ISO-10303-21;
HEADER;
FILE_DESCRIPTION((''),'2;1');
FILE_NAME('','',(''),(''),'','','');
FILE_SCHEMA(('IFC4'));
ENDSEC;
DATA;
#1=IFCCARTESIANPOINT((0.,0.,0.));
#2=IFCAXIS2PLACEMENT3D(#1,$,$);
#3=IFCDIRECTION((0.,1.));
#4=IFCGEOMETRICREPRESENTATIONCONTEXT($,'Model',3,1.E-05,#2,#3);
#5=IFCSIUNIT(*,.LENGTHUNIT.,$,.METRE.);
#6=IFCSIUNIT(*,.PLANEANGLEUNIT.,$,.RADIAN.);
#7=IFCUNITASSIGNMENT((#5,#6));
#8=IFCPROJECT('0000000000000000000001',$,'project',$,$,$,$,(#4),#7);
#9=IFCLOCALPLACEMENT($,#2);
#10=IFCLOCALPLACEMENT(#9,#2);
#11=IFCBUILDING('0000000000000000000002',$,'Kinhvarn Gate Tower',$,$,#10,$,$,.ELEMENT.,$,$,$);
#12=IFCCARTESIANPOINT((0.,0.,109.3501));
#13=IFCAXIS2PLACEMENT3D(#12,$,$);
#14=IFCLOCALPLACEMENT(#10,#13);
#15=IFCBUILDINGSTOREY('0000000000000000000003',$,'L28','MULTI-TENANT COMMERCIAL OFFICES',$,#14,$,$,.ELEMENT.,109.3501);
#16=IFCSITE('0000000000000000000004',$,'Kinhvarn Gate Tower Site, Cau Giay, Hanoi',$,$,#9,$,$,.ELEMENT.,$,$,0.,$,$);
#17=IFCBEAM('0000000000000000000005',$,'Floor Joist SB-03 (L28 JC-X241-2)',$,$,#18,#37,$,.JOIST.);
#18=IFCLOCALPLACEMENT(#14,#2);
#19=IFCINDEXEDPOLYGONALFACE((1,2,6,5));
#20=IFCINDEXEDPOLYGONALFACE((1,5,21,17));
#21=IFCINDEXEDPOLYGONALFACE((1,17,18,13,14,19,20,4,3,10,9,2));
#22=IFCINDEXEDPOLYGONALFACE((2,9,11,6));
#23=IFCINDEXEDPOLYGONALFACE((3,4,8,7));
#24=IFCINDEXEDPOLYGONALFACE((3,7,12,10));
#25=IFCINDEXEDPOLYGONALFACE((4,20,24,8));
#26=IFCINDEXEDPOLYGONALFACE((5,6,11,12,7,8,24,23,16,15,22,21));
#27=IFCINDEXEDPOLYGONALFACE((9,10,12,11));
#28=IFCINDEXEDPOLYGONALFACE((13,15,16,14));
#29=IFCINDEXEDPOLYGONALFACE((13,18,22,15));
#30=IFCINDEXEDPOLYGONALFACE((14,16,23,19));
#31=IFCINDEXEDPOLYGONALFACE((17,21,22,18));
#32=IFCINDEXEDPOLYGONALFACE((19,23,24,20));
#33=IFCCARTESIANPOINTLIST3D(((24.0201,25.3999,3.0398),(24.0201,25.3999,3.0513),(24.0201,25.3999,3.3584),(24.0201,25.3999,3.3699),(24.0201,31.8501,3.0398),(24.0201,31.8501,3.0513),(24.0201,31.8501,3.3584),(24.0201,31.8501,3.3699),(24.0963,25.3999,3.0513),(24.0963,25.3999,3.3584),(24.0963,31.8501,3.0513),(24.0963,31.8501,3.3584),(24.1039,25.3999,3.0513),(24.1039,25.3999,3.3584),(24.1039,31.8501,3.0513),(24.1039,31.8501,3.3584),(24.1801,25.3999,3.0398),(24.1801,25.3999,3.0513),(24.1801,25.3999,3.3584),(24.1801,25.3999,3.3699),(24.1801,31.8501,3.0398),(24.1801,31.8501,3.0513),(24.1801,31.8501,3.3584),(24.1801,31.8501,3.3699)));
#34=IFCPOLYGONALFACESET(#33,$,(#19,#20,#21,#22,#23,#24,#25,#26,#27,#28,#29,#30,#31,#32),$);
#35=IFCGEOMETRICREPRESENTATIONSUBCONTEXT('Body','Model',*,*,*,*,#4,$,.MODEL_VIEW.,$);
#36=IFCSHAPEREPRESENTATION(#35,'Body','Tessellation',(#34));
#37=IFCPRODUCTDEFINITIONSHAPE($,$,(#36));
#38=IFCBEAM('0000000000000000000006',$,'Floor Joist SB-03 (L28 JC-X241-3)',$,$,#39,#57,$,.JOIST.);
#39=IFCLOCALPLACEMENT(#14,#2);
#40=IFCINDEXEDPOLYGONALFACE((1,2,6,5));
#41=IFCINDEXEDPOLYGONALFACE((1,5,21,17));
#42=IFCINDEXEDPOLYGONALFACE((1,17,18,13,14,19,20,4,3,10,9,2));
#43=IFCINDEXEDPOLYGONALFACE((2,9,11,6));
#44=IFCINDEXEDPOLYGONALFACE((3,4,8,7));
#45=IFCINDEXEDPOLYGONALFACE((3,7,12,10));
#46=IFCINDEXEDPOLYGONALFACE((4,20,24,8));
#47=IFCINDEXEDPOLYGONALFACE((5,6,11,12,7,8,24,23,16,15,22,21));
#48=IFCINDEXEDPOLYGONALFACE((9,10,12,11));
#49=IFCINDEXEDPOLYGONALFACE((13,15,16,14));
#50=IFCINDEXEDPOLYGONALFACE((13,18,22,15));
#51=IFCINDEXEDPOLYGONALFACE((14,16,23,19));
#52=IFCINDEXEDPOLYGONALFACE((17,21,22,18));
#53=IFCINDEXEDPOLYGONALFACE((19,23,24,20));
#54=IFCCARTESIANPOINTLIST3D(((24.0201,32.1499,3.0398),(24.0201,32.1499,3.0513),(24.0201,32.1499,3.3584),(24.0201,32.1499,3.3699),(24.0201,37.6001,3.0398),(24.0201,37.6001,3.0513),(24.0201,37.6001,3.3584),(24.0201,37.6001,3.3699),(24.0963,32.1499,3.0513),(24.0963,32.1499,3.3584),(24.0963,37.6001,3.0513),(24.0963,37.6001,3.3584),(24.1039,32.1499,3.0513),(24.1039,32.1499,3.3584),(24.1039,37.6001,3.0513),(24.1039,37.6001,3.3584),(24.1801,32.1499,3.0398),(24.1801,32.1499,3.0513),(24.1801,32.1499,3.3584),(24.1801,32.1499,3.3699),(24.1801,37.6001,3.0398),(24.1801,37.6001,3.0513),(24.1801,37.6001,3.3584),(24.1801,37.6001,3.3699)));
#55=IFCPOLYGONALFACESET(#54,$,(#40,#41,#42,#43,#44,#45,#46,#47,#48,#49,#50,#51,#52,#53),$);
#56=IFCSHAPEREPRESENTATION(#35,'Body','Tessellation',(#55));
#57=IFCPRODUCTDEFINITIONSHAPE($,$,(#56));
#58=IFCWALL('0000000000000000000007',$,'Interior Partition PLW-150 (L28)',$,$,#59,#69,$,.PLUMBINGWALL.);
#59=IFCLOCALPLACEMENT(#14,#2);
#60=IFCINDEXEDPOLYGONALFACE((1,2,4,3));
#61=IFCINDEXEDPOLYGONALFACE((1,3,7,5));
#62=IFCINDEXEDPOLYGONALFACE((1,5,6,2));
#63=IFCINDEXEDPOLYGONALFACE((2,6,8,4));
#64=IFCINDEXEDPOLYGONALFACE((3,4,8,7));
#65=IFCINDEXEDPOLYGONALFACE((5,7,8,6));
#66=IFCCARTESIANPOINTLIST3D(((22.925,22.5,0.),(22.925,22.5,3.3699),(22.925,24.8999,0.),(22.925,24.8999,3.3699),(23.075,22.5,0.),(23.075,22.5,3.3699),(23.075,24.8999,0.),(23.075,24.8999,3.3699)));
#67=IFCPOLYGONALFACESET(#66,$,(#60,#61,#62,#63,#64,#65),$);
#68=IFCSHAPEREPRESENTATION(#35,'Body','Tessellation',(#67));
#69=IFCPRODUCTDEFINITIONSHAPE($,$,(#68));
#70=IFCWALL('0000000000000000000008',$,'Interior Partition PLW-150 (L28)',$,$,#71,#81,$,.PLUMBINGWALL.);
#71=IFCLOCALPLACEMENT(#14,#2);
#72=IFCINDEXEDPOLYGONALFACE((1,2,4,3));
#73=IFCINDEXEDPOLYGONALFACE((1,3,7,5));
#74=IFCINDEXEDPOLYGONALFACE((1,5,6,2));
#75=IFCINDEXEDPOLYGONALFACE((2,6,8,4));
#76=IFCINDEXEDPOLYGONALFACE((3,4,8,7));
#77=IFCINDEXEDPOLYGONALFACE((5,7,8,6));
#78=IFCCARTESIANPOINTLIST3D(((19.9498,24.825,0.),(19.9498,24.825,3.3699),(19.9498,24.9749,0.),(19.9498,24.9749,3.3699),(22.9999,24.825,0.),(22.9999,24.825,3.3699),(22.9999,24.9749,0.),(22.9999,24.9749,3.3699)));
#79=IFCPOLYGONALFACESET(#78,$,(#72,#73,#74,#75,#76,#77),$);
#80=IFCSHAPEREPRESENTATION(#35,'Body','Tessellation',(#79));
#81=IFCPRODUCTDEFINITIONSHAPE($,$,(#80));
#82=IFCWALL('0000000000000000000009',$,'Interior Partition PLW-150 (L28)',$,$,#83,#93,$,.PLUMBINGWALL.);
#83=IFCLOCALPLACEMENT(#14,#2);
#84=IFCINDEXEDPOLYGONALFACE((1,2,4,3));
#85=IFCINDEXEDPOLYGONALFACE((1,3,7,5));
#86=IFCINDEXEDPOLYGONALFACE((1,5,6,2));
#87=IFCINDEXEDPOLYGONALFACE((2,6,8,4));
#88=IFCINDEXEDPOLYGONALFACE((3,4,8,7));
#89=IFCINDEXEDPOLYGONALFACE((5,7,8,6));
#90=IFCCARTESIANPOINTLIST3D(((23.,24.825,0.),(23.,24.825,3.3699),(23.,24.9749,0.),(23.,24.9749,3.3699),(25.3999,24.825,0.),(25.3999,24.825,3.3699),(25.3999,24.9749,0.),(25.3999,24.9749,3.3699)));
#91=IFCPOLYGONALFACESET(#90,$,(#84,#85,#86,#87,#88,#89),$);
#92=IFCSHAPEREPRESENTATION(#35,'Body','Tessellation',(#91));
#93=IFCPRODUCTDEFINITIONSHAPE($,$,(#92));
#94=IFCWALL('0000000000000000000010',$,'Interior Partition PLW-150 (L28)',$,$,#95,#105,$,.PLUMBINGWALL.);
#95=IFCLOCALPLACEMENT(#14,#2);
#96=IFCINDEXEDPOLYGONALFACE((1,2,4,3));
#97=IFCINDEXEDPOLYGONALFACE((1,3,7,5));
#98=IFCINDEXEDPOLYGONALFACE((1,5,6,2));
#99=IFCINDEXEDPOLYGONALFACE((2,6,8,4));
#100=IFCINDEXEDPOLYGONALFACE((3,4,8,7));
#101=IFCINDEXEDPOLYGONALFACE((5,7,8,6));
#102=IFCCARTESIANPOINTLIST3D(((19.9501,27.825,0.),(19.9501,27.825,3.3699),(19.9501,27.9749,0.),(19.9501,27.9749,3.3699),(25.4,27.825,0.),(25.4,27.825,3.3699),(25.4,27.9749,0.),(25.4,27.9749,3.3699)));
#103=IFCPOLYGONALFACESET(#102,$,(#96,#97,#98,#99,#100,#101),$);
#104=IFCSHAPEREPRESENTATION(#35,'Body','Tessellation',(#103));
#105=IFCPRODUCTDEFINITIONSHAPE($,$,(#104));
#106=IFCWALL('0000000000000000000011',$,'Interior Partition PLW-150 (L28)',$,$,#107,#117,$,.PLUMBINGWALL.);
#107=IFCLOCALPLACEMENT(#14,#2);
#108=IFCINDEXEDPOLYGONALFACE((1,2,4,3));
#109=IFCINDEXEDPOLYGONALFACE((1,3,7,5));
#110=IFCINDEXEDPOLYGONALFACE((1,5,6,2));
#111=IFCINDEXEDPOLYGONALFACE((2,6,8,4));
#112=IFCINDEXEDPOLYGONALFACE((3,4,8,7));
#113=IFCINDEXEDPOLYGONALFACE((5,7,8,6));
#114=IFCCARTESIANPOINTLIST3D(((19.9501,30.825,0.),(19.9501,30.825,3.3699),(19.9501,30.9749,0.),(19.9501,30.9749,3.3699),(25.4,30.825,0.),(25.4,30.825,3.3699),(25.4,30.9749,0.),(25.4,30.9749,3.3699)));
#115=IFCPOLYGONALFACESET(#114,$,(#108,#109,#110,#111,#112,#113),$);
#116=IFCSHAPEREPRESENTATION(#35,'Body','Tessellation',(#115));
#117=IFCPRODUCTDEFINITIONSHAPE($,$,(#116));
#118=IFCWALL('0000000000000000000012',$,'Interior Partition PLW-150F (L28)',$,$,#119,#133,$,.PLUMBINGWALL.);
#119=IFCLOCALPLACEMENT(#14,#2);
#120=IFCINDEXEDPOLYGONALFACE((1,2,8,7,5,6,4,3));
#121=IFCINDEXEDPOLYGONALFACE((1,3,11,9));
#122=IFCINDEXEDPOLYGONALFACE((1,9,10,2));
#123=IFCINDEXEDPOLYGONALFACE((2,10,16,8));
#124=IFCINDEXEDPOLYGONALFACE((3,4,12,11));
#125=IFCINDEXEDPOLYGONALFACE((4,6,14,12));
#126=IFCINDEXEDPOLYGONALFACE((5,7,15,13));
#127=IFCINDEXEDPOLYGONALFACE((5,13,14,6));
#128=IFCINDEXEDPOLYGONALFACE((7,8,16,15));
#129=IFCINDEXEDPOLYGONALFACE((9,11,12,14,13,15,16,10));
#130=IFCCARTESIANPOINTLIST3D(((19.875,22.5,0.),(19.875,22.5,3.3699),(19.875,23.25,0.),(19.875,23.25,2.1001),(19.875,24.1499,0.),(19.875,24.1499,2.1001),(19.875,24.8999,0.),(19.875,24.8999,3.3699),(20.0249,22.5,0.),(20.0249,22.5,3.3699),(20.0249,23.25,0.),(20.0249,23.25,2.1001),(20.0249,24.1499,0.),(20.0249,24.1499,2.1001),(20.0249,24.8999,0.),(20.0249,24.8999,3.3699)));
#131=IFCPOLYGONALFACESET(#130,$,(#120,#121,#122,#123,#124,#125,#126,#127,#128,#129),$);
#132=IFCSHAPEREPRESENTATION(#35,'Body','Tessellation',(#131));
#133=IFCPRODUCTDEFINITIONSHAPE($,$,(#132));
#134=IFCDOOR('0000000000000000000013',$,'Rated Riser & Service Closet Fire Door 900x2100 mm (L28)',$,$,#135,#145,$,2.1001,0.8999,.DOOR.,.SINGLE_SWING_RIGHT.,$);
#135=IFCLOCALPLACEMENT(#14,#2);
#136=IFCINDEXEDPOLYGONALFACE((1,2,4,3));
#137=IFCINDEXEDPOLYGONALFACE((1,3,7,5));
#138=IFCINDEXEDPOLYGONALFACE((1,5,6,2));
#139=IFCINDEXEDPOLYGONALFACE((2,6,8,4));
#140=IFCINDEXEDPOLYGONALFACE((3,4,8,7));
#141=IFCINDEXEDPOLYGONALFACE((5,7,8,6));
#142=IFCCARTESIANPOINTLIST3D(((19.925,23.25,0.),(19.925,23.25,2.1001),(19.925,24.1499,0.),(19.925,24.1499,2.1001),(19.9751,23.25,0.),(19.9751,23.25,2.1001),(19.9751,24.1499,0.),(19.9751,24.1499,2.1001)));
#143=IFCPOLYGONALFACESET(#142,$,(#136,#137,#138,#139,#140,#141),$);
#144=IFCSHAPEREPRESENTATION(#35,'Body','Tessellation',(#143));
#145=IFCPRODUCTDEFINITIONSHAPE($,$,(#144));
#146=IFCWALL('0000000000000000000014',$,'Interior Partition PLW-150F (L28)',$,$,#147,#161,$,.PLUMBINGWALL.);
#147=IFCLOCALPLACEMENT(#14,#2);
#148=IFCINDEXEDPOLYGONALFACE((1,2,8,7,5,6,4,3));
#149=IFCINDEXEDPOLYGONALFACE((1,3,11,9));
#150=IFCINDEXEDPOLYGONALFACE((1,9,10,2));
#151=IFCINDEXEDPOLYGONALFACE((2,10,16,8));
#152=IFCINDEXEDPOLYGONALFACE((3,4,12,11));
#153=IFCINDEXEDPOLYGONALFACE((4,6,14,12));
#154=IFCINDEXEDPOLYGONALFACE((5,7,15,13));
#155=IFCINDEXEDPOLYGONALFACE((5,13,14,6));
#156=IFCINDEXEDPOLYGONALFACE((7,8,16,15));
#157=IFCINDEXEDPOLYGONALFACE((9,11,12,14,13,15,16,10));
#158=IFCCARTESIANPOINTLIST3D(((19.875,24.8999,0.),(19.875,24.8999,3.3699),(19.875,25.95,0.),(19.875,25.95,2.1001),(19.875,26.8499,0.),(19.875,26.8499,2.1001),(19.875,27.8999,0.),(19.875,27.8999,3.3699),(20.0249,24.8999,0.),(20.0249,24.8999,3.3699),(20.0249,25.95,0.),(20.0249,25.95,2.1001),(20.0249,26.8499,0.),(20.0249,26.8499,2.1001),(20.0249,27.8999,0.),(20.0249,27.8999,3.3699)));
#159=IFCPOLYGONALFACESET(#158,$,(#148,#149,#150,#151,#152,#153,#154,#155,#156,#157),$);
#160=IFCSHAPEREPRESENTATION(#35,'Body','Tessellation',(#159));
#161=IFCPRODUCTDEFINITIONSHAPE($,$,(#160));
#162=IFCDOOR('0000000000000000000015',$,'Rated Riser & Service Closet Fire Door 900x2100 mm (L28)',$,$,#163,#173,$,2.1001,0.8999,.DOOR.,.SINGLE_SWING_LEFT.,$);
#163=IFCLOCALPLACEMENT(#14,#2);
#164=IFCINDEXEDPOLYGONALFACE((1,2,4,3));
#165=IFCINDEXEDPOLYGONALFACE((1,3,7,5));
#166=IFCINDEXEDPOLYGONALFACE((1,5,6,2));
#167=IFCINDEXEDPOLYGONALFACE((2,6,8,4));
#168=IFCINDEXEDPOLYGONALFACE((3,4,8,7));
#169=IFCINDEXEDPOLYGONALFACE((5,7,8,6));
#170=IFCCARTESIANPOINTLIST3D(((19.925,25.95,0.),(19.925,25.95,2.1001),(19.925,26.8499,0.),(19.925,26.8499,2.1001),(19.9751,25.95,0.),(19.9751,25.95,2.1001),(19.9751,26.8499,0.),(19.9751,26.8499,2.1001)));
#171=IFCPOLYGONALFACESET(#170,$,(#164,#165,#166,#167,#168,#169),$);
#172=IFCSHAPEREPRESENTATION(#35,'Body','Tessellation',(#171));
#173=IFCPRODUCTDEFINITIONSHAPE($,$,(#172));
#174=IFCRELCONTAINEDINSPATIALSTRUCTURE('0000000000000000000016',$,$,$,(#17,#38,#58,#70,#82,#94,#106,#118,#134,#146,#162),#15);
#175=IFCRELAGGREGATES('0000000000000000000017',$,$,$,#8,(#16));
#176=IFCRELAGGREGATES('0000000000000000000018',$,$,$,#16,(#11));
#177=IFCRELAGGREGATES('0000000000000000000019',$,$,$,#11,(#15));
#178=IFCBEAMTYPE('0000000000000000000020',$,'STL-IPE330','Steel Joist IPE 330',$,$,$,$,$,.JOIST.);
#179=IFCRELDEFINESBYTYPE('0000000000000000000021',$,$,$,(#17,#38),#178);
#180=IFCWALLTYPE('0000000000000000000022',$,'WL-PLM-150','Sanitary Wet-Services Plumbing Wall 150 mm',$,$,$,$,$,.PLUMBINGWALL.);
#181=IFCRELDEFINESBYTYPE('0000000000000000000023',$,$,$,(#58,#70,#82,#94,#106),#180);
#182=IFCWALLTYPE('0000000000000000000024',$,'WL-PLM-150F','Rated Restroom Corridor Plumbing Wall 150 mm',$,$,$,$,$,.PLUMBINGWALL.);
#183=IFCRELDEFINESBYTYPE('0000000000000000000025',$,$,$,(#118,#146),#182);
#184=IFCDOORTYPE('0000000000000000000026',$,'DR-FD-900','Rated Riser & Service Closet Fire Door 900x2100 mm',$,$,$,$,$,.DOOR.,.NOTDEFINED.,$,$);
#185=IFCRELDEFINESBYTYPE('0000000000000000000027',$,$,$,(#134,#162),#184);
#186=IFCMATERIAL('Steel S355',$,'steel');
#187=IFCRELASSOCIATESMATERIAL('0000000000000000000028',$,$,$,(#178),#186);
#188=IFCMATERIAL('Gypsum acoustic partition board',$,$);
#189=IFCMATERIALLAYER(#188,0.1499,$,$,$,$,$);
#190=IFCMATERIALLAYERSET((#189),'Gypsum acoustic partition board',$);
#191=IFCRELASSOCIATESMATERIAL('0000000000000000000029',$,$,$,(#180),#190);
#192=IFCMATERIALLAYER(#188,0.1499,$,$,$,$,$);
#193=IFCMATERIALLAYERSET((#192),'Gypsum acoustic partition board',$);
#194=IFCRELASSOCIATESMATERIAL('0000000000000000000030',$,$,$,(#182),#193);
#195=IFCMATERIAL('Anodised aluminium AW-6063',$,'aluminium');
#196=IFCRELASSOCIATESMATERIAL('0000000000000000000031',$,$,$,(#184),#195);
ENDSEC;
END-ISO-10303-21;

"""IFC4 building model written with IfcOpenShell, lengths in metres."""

from ifc_helpers import new_model, si_unit, direction, frame, frame_2d, origin, origin_2d, place, context, subcontext, project, spatial, rectangle, i_section, extrude, material, layer, layer_set, material_profile, profile_set, type_object, element, fill, save


model = new_model("IFC4")

# Units and contexts
model_context = context("Model", 3, precision=1e-05, world=origin(), true_north=direction((0.0, 1.0)))
body_context = subcontext(model_context, "Body", "Model", "MODEL_VIEW")
ifc_project = project(units=[si_unit("LENGTHUNIT", "METRE"), si_unit("PLANEANGLEUNIT", "RADIAN")], contexts=[model_context])

# Site, building, storey
site_placement = place(None, origin())
site = spatial("IfcSite", under=ifc_project, at=site_placement, Name="Kinhvarn Gate Tower Site, Cau Giay, Hanoi", CompositionType="ELEMENT", RefElevation=0.0)
building_placement = place(site_placement, origin())
building = spatial("IfcBuilding", under=site, at=building_placement, Name="Kinhvarn Gate Tower", CompositionType="ELEMENT")
storey_placement = place(building_placement, frame((0.0, 0.0, 109.3501)))
storey = spatial("IfcBuildingStorey", under=building, at=storey_placement, Name="L28", Description="MULTI-TENANT COMMERCIAL OFFICES", CompositionType="ELEMENT", Elevation=109.3501)

# Beams
ifc_material_1 = material(Name="Steel S355", Category="steel")
ifc_material_profile_1 = material_profile(ifc_material_1, i_section(OverallWidth=0.1599, OverallDepth=0.3301, WebThickness=0.0076, FlangeThickness=0.0115, at=origin_2d()), Name="IPE 330")
ifc_profile_set_1 = profile_set([ifc_material_profile_1], Name="Steel S355")
beam_type_1 = type_object("IfcBeamType", Name="STL-IPE330", Description="Steel Joist IPE 330", PredefinedType="JOIST", material=ifc_profile_set_1)
beam_1_placement = place(storey_placement, frame((24.1001, 25.3999, 3.2048), z_axis=(0.0, 1.0, 0.0), x_axis=(-1.0, 0.0, 0.0)))
element("IfcBeam", 1, at=beam_1_placement, inside=storey, type_object=beam_type_1, Name="Floor Joist SB-03 (L28 JC-X241-2)", PredefinedType="JOIST", context=body_context, shape_type="SweptSolid", body=[
    extrude(i_section(OverallWidth=0.1599, OverallDepth=0.3301, WebThickness=0.0076, FlangeThickness=0.0115, at=origin_2d()), origin(), (0.0, 0.0, 1.0), 6.4502),
])
beam_2_placement = place(storey_placement, frame((24.1001, 32.1499, 3.2048), z_axis=(0.0, 1.0, 0.0), x_axis=(-1.0, 0.0, 0.0)))
element("IfcBeam", 2, at=beam_2_placement, inside=storey, type_object=beam_type_1, Name="Floor Joist SB-03 (L28 JC-X241-3)", PredefinedType="JOIST", context=body_context, shape_type="SweptSolid", body=[
    extrude(i_section(OverallWidth=0.1599, OverallDepth=0.3301, WebThickness=0.0076, FlangeThickness=0.0115, at=origin_2d()), origin(), (0.0, 0.0, 1.0), 5.4502),
])

# Shared definitions
ifc_material_2 = material(Name="Anodised aluminium AW-6063", Category="aluminium")

# Walls
ifc_material_3 = material(Name="Gypsum acoustic partition board")
ifc_layer_1 = layer(ifc_material_3, 0.1499)
ifc_layer_set_1 = layer_set([ifc_layer_1], Name="Gypsum acoustic partition board")
wall_type_1 = type_object("IfcWallType", Name="WL-PLM-150", Description="Sanitary Wet-Services Plumbing Wall 150 mm", PredefinedType="PLUMBINGWALL", material=ifc_layer_set_1)
wall_1_placement = place(storey_placement, frame((23.0, 22.5, 0.0), z_axis=(0.0, 0.0, 1.0), x_axis=(0.0, 1.0, 0.0)))
element("IfcWall", 3, at=wall_1_placement, inside=storey, type_object=wall_type_1, Name="Interior Partition PLW-150 (L28)", PredefinedType="PLUMBINGWALL", context=body_context, shape_type="SweptSolid", body=[
    extrude(rectangle(XDim=2.3999, YDim=0.1499, at=frame_2d((1.2, 0.0))), origin(), (0.0, 0.0, 1.0), 3.3699),
])
wall_2_placement = place(storey_placement, frame((19.95, 24.8999, 0.0), z_axis=(0.0, 0.0, 1.0), x_axis=(1.0, 0.0, 0.0)))
element("IfcWall", 4, at=wall_2_placement, inside=storey, type_object=wall_type_1, Name="Interior Partition PLW-150 (L28)", PredefinedType="PLUMBINGWALL", context=body_context, shape_type="SweptSolid", body=[
    extrude(rectangle(XDim=3.05, YDim=0.1499, at=frame_2d((1.5249, 0.0))), origin(), (0.0, 0.0, 1.0), 3.3699),
])
wall_3_placement = place(storey_placement, frame((23.0, 24.8999, 0.0), z_axis=(0.0, 0.0, 1.0), x_axis=(1.0, 0.0, 0.0)))
element("IfcWall", 5, at=wall_3_placement, inside=storey, type_object=wall_type_1, Name="Interior Partition PLW-150 (L28)", PredefinedType="PLUMBINGWALL", context=body_context, shape_type="SweptSolid", body=[
    extrude(rectangle(XDim=2.3999, YDim=0.1499, at=frame_2d((1.2, 0.0))), origin(), (0.0, 0.0, 1.0), 3.3699),
])
for number, where, z_axis, x_axis, name in (
    (6, (19.95, 27.8999, 0.0), (0.0, 0.0, 1.0), (1.0, 0.0, 0.0), "Interior Partition PLW-150 (L28)"),
    (7, (19.95, 30.8999, 0.0), (0.0, 0.0, 1.0), (1.0, 0.0, 0.0), "Interior Partition PLW-150 (L28)"),
):
    element("IfcWall", number, at=place(storey_placement, frame(where, z_axis=z_axis, x_axis=x_axis)), inside=storey, type_object=wall_type_1, Name=name, PredefinedType="PLUMBINGWALL", context=body_context, shape_type="SweptSolid", body=[
        extrude(rectangle(XDim=5.45, YDim=0.1499, at=frame_2d((2.7251, 0.0))), origin(), (0.0, 0.0, 1.0), 3.3699),
    ])

# Walls, openings, doors
ifc_layer_2 = layer(ifc_material_3, 0.1499)
ifc_layer_set_2 = layer_set([ifc_layer_2], Name="Gypsum acoustic partition board")
wall_type_2 = type_object("IfcWallType", Name="WL-PLM-150F", Description="Rated Restroom Corridor Plumbing Wall 150 mm", PredefinedType="PLUMBINGWALL", material=ifc_layer_set_2)
wall_4_placement = place(storey_placement, frame((19.95, 22.5, 0.0), z_axis=(0.0, 0.0, 1.0), x_axis=(0.0, 1.0, 0.0)))
wall_4 = element("IfcWall", 8, at=wall_4_placement, inside=storey, type_object=wall_type_2, Name="Interior Partition PLW-150F (L28)", PredefinedType="PLUMBINGWALL", context=body_context, shape_type="SweptSolid", body=[
    extrude(rectangle(XDim=2.3999, YDim=0.1499, at=frame_2d((1.2, 0.0))), origin(), (0.0, 0.0, 1.0), 3.3699),
])
opening_1_placement = place(wall_4_placement, frame((0.75, 0.0, 0.0)))
opening_1 = element("IfcOpeningElement", 9, at=opening_1_placement, cuts=wall_4, PredefinedType="OPENING", context=body_context, shape_type="SweptSolid", body=[
    extrude(rectangle(XDim=0.8999, YDim=2.1001, at=frame_2d((0.45, 1.05))), frame((0.0, 0.085, 0.0), z_axis=(0.0, -1.0, 0.0), x_axis=(1.0, 0.0, 0.0)), (0.0, 0.0, 1.0), 0.1699),
])
door_type_1 = type_object("IfcDoorType", Name="DR-FD-900", Description="Rated Riser & Service Closet Fire Door 900x2100 mm", OperationType="NOTDEFINED", PredefinedType="DOOR", material=ifc_material_2)
door_1_placement = place(opening_1_placement, origin())
door_1 = element("IfcDoor", 10, at=door_1_placement, inside=storey, type_object=door_type_1, Name="Rated Riser & Service Closet Fire Door 900x2100 mm (L28)", OperationType="SINGLE_SWING_RIGHT", OverallHeight=2.1001, OverallWidth=0.8999, PredefinedType="DOOR", context=body_context, shape_type="SweptSolid", body=[
    extrude(rectangle(XDim=0.8999, YDim=2.1001, at=frame_2d((0.45, 1.05))), frame((0.0, 0.0249, 0.0), z_axis=(0.0, -1.0, 0.0), x_axis=(1.0, 0.0, 0.0)), (0.0, 0.0, 1.0), 0.05),
])
fill(opening_1, door_1)
wall_5_placement = place(storey_placement, frame((19.95, 24.8999, 0.0), z_axis=(0.0, 0.0, 1.0), x_axis=(0.0, 1.0, 0.0)))
wall_5 = element("IfcWall", 11, at=wall_5_placement, inside=storey, type_object=wall_type_2, Name="Interior Partition PLW-150F (L28)", PredefinedType="PLUMBINGWALL", context=body_context, shape_type="SweptSolid", body=[
    extrude(rectangle(XDim=3.0, YDim=0.1499, at=frame_2d((1.5, 0.0))), origin(), (0.0, 0.0, 1.0), 3.3699),
])
opening_2_placement = place(wall_5_placement, frame((1.05, 0.0, 0.0)))
opening_2 = element("IfcOpeningElement", 12, at=opening_2_placement, cuts=wall_5, PredefinedType="OPENING", context=body_context, shape_type="SweptSolid", body=[
    extrude(rectangle(XDim=0.8999, YDim=2.1001, at=frame_2d((0.45, 1.05))), frame((0.0, 0.085, 0.0), z_axis=(0.0, -1.0, 0.0), x_axis=(1.0, 0.0, 0.0)), (0.0, 0.0, 1.0), 0.1699),
])
door_2_placement = place(opening_2_placement, origin())
door_2 = element("IfcDoor", 13, at=door_2_placement, inside=storey, type_object=door_type_1, Name="Rated Riser & Service Closet Fire Door 900x2100 mm (L28)", OperationType="SINGLE_SWING_LEFT", OverallHeight=2.1001, OverallWidth=0.8999, PredefinedType="DOOR", context=body_context, shape_type="SweptSolid", body=[
    extrude(rectangle(XDim=0.8999, YDim=2.1001, at=frame_2d((0.45, 1.05))), frame((0.0, 0.0249, 0.0), z_axis=(0.0, -1.0, 0.0), x_axis=(1.0, 0.0, 0.0)), (0.0, 0.0, 1.0), 0.05),
])
fill(opening_2, door_2)

save(model, "model.ifc")
